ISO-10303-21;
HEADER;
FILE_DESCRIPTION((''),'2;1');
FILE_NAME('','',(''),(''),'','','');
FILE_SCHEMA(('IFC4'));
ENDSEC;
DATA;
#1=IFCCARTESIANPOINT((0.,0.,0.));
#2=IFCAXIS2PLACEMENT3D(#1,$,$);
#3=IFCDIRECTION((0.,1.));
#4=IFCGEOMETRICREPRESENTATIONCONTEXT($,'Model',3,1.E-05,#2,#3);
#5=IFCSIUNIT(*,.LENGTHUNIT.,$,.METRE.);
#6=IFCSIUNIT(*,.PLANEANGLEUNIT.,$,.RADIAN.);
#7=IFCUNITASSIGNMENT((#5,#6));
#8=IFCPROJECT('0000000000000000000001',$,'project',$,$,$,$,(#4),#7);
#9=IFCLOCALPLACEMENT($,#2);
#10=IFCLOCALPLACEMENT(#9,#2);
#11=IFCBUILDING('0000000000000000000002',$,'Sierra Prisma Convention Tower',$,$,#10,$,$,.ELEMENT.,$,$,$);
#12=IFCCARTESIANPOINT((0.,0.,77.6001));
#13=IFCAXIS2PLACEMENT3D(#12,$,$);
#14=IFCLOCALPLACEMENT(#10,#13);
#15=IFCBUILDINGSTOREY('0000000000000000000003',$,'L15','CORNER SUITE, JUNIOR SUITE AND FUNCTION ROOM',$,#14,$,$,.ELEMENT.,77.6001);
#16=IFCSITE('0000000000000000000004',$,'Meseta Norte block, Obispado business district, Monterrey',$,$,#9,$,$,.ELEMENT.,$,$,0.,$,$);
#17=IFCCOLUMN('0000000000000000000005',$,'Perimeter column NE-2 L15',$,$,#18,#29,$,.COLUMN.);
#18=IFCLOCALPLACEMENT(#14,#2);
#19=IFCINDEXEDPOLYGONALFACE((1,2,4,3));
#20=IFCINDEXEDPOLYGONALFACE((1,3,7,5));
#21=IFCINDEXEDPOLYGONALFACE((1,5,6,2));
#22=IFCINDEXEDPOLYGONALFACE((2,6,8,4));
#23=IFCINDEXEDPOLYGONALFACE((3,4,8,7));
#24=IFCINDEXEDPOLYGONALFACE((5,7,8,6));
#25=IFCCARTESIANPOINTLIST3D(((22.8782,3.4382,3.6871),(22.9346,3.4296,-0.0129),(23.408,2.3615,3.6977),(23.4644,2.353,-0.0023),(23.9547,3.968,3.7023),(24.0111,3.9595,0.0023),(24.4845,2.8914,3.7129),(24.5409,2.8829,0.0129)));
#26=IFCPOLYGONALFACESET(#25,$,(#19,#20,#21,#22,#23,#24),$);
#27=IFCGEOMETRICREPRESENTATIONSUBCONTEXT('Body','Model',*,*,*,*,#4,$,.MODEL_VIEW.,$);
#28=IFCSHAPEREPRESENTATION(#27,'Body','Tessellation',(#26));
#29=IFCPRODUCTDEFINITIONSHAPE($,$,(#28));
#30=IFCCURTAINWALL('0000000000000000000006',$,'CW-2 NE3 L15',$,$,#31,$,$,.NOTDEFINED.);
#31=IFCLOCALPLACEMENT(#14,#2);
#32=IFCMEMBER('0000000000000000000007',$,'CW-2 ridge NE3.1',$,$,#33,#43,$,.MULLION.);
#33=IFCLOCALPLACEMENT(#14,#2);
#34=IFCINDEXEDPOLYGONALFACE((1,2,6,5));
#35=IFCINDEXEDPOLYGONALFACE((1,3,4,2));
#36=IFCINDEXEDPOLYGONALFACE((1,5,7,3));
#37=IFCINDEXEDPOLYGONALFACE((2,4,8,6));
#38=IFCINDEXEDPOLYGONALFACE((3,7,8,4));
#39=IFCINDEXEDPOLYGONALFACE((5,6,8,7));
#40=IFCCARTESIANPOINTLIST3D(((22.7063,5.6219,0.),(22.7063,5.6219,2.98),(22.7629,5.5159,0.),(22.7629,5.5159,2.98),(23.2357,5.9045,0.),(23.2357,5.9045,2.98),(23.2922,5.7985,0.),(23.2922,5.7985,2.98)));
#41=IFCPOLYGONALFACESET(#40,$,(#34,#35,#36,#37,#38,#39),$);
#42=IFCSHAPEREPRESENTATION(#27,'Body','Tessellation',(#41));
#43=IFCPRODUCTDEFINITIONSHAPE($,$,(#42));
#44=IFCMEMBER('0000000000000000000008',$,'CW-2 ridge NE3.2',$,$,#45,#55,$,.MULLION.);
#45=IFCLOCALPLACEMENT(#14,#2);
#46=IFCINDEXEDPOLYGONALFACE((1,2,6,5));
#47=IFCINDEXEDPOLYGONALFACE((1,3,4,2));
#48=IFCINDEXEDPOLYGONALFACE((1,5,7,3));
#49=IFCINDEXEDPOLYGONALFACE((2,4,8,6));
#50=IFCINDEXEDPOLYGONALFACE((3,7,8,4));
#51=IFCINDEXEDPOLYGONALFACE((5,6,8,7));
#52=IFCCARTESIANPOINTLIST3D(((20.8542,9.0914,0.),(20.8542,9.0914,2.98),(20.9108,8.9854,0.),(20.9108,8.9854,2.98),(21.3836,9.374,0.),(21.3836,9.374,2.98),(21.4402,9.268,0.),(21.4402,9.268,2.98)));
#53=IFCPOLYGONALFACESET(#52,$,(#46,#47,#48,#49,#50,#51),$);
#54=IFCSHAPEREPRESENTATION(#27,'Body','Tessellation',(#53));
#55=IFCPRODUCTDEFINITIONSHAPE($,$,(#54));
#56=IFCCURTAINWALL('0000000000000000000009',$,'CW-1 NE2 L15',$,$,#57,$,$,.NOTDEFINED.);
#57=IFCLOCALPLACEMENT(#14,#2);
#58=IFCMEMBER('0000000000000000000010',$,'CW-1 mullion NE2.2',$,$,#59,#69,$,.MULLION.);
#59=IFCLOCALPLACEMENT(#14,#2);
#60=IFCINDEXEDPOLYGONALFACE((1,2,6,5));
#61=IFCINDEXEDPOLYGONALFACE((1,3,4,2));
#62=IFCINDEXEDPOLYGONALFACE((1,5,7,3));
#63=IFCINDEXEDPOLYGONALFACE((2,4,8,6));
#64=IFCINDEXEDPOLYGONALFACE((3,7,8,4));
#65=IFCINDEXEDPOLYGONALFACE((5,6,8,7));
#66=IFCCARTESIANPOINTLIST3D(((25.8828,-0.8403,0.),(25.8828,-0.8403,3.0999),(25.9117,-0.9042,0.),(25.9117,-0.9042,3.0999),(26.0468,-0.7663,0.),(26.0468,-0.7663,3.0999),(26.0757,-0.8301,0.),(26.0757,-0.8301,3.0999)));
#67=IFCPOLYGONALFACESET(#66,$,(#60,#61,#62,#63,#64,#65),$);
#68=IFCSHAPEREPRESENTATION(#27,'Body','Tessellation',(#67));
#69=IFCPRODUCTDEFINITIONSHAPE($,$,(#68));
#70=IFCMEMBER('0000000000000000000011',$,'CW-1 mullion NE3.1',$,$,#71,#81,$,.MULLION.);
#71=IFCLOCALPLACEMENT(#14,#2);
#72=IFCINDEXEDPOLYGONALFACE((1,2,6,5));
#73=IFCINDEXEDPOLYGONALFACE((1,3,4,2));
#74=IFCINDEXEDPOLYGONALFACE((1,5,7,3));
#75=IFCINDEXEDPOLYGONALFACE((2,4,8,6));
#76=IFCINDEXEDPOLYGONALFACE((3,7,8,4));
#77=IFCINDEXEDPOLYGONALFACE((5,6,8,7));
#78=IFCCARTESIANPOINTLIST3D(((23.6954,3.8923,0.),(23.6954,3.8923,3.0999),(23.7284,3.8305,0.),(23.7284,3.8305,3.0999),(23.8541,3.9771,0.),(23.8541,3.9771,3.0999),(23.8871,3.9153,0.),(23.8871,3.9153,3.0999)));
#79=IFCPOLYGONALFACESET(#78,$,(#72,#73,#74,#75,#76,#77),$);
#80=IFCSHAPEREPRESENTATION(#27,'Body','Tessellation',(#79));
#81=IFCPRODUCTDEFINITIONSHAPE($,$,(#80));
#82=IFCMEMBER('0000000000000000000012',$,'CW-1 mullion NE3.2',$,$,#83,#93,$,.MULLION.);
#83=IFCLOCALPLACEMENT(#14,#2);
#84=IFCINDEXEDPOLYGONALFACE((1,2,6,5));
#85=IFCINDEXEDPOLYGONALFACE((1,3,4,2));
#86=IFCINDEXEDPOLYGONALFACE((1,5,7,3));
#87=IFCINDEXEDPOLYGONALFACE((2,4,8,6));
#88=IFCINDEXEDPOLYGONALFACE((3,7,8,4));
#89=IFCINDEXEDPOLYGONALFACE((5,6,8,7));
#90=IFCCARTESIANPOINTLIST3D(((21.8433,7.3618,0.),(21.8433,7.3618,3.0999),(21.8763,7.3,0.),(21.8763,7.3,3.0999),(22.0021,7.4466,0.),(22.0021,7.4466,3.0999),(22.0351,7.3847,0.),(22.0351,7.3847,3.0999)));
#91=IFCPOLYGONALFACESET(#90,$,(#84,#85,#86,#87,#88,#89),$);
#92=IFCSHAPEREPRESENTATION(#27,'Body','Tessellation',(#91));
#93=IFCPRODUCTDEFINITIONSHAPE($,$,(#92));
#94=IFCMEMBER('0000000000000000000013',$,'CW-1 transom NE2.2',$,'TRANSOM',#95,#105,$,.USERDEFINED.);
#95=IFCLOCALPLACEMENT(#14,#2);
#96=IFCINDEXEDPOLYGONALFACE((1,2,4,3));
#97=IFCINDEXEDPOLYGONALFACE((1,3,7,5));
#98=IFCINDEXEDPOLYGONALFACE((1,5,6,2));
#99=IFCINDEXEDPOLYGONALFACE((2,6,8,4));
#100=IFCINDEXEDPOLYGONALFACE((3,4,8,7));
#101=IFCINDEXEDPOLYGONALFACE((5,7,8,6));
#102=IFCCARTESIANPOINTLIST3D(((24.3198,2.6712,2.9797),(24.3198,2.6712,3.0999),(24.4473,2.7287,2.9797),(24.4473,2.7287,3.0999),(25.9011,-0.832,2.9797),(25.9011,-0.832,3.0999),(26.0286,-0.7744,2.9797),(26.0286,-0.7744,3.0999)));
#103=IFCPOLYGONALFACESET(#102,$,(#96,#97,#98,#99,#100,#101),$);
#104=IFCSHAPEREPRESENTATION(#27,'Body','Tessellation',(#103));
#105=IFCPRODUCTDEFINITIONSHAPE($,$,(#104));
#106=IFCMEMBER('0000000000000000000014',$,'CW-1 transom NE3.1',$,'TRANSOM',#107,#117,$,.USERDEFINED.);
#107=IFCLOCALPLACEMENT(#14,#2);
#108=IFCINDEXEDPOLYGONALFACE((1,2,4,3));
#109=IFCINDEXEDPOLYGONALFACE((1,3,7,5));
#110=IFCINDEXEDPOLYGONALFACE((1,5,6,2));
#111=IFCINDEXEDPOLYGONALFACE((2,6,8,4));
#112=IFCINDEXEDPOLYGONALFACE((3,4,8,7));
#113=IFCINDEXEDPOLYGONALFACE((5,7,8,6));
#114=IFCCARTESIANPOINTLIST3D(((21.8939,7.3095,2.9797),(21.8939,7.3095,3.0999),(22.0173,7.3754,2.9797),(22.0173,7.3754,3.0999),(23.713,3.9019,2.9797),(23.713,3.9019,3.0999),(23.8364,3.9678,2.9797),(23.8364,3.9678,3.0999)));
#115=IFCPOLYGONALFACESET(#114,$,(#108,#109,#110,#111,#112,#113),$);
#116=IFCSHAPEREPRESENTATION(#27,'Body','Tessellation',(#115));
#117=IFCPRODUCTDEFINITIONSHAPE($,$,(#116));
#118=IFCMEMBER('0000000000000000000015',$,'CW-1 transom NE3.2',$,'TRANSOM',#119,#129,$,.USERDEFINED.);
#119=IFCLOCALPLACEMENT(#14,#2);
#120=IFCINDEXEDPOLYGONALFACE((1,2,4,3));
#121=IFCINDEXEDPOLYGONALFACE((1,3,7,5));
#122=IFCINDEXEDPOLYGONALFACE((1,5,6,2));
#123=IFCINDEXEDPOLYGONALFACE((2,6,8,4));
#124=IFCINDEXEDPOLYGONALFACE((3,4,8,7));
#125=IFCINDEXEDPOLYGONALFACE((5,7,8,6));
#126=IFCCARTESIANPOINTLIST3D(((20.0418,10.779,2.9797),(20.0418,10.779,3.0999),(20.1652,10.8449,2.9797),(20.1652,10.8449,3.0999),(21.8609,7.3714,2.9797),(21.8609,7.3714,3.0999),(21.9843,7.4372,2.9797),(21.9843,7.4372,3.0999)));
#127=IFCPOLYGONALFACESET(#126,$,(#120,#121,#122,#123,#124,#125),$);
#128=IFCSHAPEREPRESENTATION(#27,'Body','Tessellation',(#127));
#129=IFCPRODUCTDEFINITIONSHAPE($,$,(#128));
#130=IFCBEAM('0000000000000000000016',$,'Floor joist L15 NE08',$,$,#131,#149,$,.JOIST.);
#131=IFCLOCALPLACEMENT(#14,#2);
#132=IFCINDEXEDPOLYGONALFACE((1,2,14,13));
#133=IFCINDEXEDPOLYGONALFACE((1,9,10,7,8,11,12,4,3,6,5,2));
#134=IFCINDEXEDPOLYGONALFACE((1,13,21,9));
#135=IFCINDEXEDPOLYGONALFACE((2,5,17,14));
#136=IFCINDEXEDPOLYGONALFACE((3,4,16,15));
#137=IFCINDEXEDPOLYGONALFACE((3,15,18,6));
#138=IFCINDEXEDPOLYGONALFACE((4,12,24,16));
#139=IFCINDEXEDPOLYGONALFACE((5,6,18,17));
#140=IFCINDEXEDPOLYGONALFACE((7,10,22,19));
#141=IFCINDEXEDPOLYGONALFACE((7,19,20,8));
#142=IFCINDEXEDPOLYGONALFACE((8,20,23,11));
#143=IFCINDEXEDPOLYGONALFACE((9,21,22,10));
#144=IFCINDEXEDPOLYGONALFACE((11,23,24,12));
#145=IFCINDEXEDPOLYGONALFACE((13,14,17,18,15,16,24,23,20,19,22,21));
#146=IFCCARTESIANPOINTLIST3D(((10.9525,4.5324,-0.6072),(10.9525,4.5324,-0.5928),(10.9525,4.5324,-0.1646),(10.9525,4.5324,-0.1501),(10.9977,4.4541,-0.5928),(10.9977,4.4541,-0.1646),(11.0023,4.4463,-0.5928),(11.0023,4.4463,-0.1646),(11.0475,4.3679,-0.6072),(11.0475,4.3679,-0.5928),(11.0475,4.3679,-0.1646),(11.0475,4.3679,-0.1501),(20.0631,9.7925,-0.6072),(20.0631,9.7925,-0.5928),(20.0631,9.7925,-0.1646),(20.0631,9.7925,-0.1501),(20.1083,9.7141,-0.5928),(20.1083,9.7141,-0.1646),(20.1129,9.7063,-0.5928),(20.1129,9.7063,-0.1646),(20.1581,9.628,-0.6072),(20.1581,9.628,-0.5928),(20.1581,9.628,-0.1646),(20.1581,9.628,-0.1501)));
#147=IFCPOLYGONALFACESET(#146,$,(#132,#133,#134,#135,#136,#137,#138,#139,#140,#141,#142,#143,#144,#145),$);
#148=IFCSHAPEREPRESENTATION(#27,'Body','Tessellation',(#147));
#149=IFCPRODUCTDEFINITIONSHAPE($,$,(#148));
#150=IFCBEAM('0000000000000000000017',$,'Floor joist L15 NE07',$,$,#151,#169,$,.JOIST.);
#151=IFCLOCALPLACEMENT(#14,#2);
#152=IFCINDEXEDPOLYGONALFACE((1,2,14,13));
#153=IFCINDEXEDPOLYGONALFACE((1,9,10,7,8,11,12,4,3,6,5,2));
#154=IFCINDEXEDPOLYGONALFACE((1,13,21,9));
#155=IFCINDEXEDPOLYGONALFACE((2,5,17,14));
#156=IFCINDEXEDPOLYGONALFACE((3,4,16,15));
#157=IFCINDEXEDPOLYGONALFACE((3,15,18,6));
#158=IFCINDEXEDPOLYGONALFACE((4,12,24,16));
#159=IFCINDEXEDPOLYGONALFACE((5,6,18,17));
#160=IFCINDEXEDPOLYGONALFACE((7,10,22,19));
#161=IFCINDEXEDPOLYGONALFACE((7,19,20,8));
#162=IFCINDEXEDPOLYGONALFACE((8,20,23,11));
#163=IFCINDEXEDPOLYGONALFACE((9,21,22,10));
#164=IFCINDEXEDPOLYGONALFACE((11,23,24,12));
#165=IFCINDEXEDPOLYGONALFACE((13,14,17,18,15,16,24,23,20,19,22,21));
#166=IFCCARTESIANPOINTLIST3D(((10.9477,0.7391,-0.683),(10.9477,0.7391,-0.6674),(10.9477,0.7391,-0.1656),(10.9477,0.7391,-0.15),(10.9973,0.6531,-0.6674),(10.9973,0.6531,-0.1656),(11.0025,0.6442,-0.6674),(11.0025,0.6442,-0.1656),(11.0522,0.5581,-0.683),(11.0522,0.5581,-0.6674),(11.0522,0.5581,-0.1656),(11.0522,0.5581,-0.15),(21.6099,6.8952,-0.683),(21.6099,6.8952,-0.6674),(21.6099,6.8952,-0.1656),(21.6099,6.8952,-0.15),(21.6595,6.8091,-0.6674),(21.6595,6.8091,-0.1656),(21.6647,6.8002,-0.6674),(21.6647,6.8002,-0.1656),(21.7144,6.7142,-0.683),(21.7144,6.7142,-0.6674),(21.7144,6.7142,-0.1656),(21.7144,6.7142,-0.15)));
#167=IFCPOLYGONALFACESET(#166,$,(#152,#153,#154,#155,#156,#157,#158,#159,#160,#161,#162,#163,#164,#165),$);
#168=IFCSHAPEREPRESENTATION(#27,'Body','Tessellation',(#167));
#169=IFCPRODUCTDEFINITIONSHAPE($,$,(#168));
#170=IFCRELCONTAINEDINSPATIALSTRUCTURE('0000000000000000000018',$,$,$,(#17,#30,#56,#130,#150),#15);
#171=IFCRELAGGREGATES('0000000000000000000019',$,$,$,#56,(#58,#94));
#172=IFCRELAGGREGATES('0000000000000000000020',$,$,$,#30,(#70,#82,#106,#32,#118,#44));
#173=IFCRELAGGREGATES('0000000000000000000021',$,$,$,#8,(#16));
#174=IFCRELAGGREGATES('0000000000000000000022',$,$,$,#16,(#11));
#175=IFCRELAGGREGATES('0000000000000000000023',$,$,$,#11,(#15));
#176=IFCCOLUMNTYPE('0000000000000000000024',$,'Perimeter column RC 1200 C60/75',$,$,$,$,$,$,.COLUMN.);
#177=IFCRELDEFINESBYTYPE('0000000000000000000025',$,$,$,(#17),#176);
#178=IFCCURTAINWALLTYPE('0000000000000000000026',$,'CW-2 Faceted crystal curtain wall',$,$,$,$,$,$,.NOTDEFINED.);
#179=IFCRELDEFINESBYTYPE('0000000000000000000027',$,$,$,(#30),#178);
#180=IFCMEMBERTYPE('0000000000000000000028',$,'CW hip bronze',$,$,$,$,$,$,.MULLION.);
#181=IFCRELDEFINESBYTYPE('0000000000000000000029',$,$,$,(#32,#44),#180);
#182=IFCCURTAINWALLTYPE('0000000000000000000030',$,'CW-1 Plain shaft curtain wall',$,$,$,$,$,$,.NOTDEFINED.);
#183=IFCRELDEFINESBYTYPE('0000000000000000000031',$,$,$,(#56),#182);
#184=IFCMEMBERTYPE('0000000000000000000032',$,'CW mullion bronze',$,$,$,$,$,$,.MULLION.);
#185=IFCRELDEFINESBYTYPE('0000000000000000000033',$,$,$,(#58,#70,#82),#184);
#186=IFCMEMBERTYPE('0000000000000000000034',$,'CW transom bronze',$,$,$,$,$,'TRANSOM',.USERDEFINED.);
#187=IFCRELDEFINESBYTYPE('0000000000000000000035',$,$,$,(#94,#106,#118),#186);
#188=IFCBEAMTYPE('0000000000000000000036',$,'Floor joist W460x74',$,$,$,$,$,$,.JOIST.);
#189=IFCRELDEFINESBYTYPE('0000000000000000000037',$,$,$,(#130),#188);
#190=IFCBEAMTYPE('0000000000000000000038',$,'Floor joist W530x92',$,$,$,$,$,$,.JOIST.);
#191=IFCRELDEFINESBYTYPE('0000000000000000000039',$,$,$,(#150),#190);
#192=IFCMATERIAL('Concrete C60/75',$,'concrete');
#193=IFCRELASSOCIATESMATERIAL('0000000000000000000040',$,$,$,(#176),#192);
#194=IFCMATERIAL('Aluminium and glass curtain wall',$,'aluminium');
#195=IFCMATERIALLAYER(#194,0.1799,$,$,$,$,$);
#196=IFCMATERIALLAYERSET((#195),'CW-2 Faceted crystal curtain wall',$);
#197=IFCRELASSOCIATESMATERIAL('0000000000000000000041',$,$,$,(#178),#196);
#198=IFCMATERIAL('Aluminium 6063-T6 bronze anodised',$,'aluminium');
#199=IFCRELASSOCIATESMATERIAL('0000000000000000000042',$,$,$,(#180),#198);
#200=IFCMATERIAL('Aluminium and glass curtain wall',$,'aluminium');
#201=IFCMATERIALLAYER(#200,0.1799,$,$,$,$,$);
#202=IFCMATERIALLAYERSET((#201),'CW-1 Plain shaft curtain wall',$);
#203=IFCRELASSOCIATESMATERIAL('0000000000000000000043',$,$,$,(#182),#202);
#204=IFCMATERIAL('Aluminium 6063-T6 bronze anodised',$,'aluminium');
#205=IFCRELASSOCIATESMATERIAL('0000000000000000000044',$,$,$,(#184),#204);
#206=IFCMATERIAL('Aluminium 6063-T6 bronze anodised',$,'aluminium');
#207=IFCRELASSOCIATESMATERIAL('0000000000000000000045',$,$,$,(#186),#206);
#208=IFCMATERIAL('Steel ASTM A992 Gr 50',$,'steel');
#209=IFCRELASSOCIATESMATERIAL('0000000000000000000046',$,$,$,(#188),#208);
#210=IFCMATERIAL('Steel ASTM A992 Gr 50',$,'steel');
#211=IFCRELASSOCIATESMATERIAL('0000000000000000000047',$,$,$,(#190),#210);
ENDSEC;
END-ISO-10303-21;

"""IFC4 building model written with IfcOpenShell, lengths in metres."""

from ifc_helpers import new_model, si_unit, direction, frame, origin, origin_2d, place, context, subcontext, project, spatial, rectangle, i_section, extrude, material, layer, layer_set, material_profile, profile_set, type_object, element, aggregate, save


model = new_model("IFC4")

# Units and contexts
model_context = context("Model", 3, precision=1e-05, world=origin(), true_north=direction((0.0, 1.0)))
body_context = subcontext(model_context, "Body", "Model", "MODEL_VIEW")
ifc_project = project(units=[si_unit("LENGTHUNIT", "METRE"), si_unit("PLANEANGLEUNIT", "RADIAN")], contexts=[model_context])

# Site, building, storey
site_placement = place(None, origin())
site = spatial("IfcSite", under=ifc_project, at=site_placement, Name="Meseta Norte block, Obispado business district, Monterrey", CompositionType="ELEMENT", RefElevation=0.0)
building_placement = place(site_placement, origin())
building = spatial("IfcBuilding", under=site, at=building_placement, Name="Sierra Prisma Convention Tower", CompositionType="ELEMENT")
storey_placement = place(building_placement, frame((0.0, 0.0, 77.6001)))
storey = spatial("IfcBuildingStorey", under=building, at=storey_placement, Name="L15", Description="CORNER SUITE, JUNIOR SUITE AND FUNCTION ROOM", CompositionType="ELEMENT", Elevation=77.6001)

# Column
ifc_material_1 = material(Name="Concrete C60/75", Category="concrete")
ifc_material_profile_1 = material_profile(ifc_material_1, rectangle(XDim=1.2, YDim=1.2, at=origin_2d()), Name="Perimeter column RC 1200 C60/75")
ifc_profile_set_1 = profile_set([ifc_material_profile_1], Name="Concrete C60/75")
column_type = type_object("IfcColumnType", Name="Perimeter column RC 1200 C60/75", PredefinedType="COLUMN", material=ifc_profile_set_1)
column_placement = place(storey_placement, frame((23.7378, 3.1562, 0.0), z_axis=(-0.015241, 0.002309, 0.999881), x_axis=(-0.441517, 0.89721, -0.008802)))
element("IfcColumn", 1, at=column_placement, inside=storey, type_object=column_type, Name="Perimeter column NE-2 L15", PredefinedType="COLUMN", context=body_context, shape_type="SweptSolid", body=[
    extrude(rectangle(XDim=1.2, YDim=1.2, at=origin_2d()), origin(), (0.0, 0.0, 1.0), 3.7004),
])

# Curtain wall, members
ifc_material_2 = material(Name="Aluminium and glass curtain wall", Category="aluminium")
ifc_layer_1 = layer(ifc_material_2, 0.1799)
ifc_layer_set_1 = layer_set([ifc_layer_1], Name="CW-2 Faceted crystal curtain wall")
curtain_wall_type_1 = type_object("IfcCurtainWallType", Name="CW-2 Faceted crystal curtain wall", PredefinedType="NOTDEFINED", material=ifc_layer_set_1)
curtain_wall_1_placement = place(storey_placement, origin())
curtain_wall_1 = element("IfcCurtainWall", 2, at=curtain_wall_1_placement, inside=storey, type_object=curtain_wall_type_1, Name="CW-2 NE3 L15", PredefinedType="NOTDEFINED")
ifc_material_3 = material(Name="Aluminium 6063-T6 bronze anodised", Category="aluminium")
ifc_material_profile_2 = material_profile(ifc_material_3, rectangle(XDim=0.1201, YDim=0.6001, at=origin_2d()), Name="ALU RIDGE BLADE 120x600")
ifc_profile_set_2 = profile_set([ifc_material_profile_2], Name="Aluminium 6063-T6 bronze anodised")
member_type_1 = type_object("IfcMemberType", Name="CW hip bronze", PredefinedType="MULLION", material=ifc_profile_set_2)
member_1_placement = place(storey_placement, frame((22.9993, 5.7102, 0.0), z_axis=(0.0, 0.0, 1.0), x_axis=(-0.470904, 0.882184, 0.0)))
member_1 = element("IfcMember", 3, at=member_1_placement, type_object=member_type_1, Name="CW-2 ridge NE3.1", PredefinedType="MULLION", context=body_context, shape_type="SweptSolid", body=[
    extrude(rectangle(XDim=0.1201, YDim=0.6001, at=origin_2d()), origin(), (0.0, 0.0, 1.0), 2.98),
])
member_2_placement = place(storey_placement, frame((21.1472, 9.1797, 0.0), z_axis=(0.0, 0.0, 1.0), x_axis=(-0.470904, 0.882184, 0.0)))
member_2 = element("IfcMember", 4, at=member_2_placement, type_object=member_type_1, Name="CW-2 ridge NE3.2", PredefinedType="MULLION", context=body_context, shape_type="SweptSolid", body=[
    extrude(rectangle(XDim=0.1201, YDim=0.6001, at=origin_2d()), origin(), (0.0, 0.0, 1.0), 2.98),
])

# Curtain wall, member
ifc_material_4 = material(Name="Aluminium and glass curtain wall", Category="aluminium")
ifc_layer_2 = layer(ifc_material_4, 0.1799)
ifc_layer_set_2 = layer_set([ifc_layer_2], Name="CW-1 Plain shaft curtain wall")
curtain_wall_type_2 = type_object("IfcCurtainWallType", Name="CW-1 Plain shaft curtain wall", PredefinedType="NOTDEFINED", material=ifc_layer_set_2)
curtain_wall_2_placement = place(storey_placement, origin())
curtain_wall_2 = element("IfcCurtainWall", 5, at=curtain_wall_2_placement, inside=storey, type_object=curtain_wall_type_2, Name="CW-1 NE2 L15", PredefinedType="NOTDEFINED")
ifc_material_5 = material(Name="Aluminium 6063-T6 bronze anodised", Category="aluminium")
ifc_material_profile_3 = material_profile(ifc_material_5, rectangle(XDim=0.1799, YDim=0.0701, at=origin_2d()), Name="ALU MULLION 70x180")
ifc_profile_set_3 = profile_set([ifc_material_profile_3], Name="Aluminium 6063-T6 bronze anodised")
member_type_2 = type_object("IfcMemberType", Name="CW mullion bronze", PredefinedType="MULLION", material=ifc_profile_set_3)
member_3_placement = place(storey_placement, frame((25.9792, -0.8352, 0.0), z_axis=(0.0, 0.0, 1.0), x_axis=(-0.911443, -0.411426, 0.0)))
member_3 = element("IfcMember", 6, at=member_3_placement, type_object=member_type_2, Name="CW-1 mullion NE2.2", PredefinedType="MULLION", context=body_context, shape_type="SweptSolid", body=[
    extrude(rectangle(XDim=0.1799, YDim=0.0701, at=origin_2d()), origin(), (0.0, 0.0, 1.0), 3.0999),
])

# Members
member_4_placement = place(storey_placement, frame((23.7913, 3.9038, 0.0), z_axis=(0.0, 0.0, 1.0), x_axis=(-0.882184, -0.470904, 0.0)))
member_4 = element("IfcMember", 7, at=member_4_placement, type_object=member_type_2, Name="CW-1 mullion NE3.1", PredefinedType="MULLION", context=body_context, shape_type="SweptSolid", body=[
    extrude(rectangle(XDim=0.1799, YDim=0.0701, at=origin_2d()), origin(), (0.0, 0.0, 1.0), 3.0999),
])
member_5_placement = place(storey_placement, frame((21.9392, 7.3733, 0.0), z_axis=(0.0, 0.0, 1.0), x_axis=(-0.882184, -0.470904, 0.0)))
member_5 = element("IfcMember", 8, at=member_5_placement, type_object=member_type_2, Name="CW-1 mullion NE3.2", PredefinedType="MULLION", context=body_context, shape_type="SweptSolid", body=[
    extrude(rectangle(XDim=0.1799, YDim=0.0701, at=origin_2d()), origin(), (0.0, 0.0, 1.0), 3.0999),
])
ifc_material_6 = material(Name="Aluminium 6063-T6 bronze anodised", Category="aluminium")
ifc_material_profile_4 = material_profile(ifc_material_6, rectangle(XDim=0.1399, YDim=0.1201, at=origin_2d()), Name="ALU TRANSOM 120x140")
ifc_profile_set_4 = profile_set([ifc_material_profile_4], Name="Aluminium 6063-T6 bronze anodised")
member_type_3 = type_object("IfcMemberType", Name="CW transom bronze", ElementType="TRANSOM", PredefinedType="USERDEFINED", material=ifc_profile_set_4)
member_6_placement = place(storey_placement, frame((25.9648, -0.8032, 3.0398), z_axis=(-0.411418, 0.911447, 0.0), x_axis=(-0.911447, -0.411418, 0.0)))
member_6 = element("IfcMember", 9, at=member_6_placement, type_object=member_type_3, Name="CW-1 transom NE2.2", ObjectType="TRANSOM", PredefinedType="USERDEFINED", context=body_context, shape_type="SweptSolid", body=[
    extrude(rectangle(XDim=0.1399, YDim=0.1201, at=origin_2d()), origin(), (0.0, 0.0, 1.0), 3.8435),
])
member_7_placement = place(storey_placement, frame((23.7747, 3.9348, 3.0398), z_axis=(-0.47092, 0.882176, 0.0), x_axis=(-0.882176, -0.47092, 0.0)))
member_7 = element("IfcMember", 10, at=member_7_placement, type_object=member_type_3, Name="CW-1 transom NE3.1", ObjectType="TRANSOM", PredefinedType="USERDEFINED", context=body_context, shape_type="SweptSolid", body=[
    extrude(rectangle(XDim=0.1399, YDim=0.1201, at=origin_2d()), origin(), (0.0, 0.0, 1.0), 3.8628),
])
member_8_placement = place(storey_placement, frame((21.9226, 7.4043, 3.0398), z_axis=(-0.47092, 0.882176, 0.0), x_axis=(-0.882176, -0.47092, 0.0)))
member_8 = element("IfcMember", 11, at=member_8_placement, type_object=member_type_3, Name="CW-1 transom NE3.2", ObjectType="TRANSOM", PredefinedType="USERDEFINED", context=body_context, shape_type="SweptSolid", body=[
    extrude(rectangle(XDim=0.1399, YDim=0.1201, at=origin_2d()), origin(), (0.0, 0.0, 1.0), 3.8628),
])

# Beams
ifc_material_7 = material(Name="Steel ASTM A992 Gr 50", Category="steel")
ifc_material_profile_5 = material_profile(ifc_material_7, i_section(OverallWidth=0.1899, OverallDepth=0.457, WebThickness=0.009, FlangeThickness=0.0144, at=origin_2d()), Name="W460x74")
ifc_profile_set_5 = profile_set([ifc_material_profile_5], Name="Steel ASTM A992 Gr 50")
beam_type_1 = type_object("IfcBeamType", Name="Floor joist W460x74", PredefinedType="JOIST", material=ifc_profile_set_5)
beam_1_placement = place(storey_placement, frame((20.1106, 9.7102, -0.3787), z_axis=(-0.866025, -0.5, 0.0), x_axis=(0.5, -0.866025, 0.0)))
element("IfcBeam", 12, at=beam_1_placement, inside=storey, type_object=beam_type_1, Name="Floor joist L15 NE08", PredefinedType="JOIST", context=body_context, shape_type="SweptSolid", body=[
    extrude(i_section(OverallWidth=0.1899, OverallDepth=0.457, WebThickness=0.009, FlangeThickness=0.0144, at=origin_2d()), origin(), (0.0, 0.0, 1.0), 10.52),
])
ifc_material_8 = material(Name="Steel ASTM A992 Gr 50", Category="steel")
ifc_material_profile_6 = material_profile(ifc_material_8, i_section(OverallWidth=0.209, OverallDepth=0.533, WebThickness=0.0103, FlangeThickness=0.0156, at=origin_2d()), Name="W530x92")
ifc_profile_set_6 = profile_set([ifc_material_profile_6], Name="Steel ASTM A992 Gr 50")
beam_type_2 = type_object("IfcBeamType", Name="Floor joist W530x92", PredefinedType="JOIST", material=ifc_profile_set_6)
beam_2_placement = place(storey_placement, frame((21.6621, 6.8047, -0.4165), z_axis=(-0.866017, -0.500014, 0.0), x_axis=(0.500014, -0.866017, 0.0)))
element("IfcBeam", 13, at=beam_2_placement, inside=storey, type_object=beam_type_2, Name="Floor joist L15 NE07", PredefinedType="JOIST", context=body_context, shape_type="SweptSolid", body=[
    extrude(i_section(OverallWidth=0.209, OverallDepth=0.533, WebThickness=0.0103, FlangeThickness=0.0156, at=origin_2d()), origin(), (0.0, 0.0, 1.0), 12.3118),
])

aggregate(curtain_wall_2, [member_3, member_6])
aggregate(curtain_wall_1, [member_4, member_5, member_7, member_1, member_8, member_2])

save(model, "model.ifc")
